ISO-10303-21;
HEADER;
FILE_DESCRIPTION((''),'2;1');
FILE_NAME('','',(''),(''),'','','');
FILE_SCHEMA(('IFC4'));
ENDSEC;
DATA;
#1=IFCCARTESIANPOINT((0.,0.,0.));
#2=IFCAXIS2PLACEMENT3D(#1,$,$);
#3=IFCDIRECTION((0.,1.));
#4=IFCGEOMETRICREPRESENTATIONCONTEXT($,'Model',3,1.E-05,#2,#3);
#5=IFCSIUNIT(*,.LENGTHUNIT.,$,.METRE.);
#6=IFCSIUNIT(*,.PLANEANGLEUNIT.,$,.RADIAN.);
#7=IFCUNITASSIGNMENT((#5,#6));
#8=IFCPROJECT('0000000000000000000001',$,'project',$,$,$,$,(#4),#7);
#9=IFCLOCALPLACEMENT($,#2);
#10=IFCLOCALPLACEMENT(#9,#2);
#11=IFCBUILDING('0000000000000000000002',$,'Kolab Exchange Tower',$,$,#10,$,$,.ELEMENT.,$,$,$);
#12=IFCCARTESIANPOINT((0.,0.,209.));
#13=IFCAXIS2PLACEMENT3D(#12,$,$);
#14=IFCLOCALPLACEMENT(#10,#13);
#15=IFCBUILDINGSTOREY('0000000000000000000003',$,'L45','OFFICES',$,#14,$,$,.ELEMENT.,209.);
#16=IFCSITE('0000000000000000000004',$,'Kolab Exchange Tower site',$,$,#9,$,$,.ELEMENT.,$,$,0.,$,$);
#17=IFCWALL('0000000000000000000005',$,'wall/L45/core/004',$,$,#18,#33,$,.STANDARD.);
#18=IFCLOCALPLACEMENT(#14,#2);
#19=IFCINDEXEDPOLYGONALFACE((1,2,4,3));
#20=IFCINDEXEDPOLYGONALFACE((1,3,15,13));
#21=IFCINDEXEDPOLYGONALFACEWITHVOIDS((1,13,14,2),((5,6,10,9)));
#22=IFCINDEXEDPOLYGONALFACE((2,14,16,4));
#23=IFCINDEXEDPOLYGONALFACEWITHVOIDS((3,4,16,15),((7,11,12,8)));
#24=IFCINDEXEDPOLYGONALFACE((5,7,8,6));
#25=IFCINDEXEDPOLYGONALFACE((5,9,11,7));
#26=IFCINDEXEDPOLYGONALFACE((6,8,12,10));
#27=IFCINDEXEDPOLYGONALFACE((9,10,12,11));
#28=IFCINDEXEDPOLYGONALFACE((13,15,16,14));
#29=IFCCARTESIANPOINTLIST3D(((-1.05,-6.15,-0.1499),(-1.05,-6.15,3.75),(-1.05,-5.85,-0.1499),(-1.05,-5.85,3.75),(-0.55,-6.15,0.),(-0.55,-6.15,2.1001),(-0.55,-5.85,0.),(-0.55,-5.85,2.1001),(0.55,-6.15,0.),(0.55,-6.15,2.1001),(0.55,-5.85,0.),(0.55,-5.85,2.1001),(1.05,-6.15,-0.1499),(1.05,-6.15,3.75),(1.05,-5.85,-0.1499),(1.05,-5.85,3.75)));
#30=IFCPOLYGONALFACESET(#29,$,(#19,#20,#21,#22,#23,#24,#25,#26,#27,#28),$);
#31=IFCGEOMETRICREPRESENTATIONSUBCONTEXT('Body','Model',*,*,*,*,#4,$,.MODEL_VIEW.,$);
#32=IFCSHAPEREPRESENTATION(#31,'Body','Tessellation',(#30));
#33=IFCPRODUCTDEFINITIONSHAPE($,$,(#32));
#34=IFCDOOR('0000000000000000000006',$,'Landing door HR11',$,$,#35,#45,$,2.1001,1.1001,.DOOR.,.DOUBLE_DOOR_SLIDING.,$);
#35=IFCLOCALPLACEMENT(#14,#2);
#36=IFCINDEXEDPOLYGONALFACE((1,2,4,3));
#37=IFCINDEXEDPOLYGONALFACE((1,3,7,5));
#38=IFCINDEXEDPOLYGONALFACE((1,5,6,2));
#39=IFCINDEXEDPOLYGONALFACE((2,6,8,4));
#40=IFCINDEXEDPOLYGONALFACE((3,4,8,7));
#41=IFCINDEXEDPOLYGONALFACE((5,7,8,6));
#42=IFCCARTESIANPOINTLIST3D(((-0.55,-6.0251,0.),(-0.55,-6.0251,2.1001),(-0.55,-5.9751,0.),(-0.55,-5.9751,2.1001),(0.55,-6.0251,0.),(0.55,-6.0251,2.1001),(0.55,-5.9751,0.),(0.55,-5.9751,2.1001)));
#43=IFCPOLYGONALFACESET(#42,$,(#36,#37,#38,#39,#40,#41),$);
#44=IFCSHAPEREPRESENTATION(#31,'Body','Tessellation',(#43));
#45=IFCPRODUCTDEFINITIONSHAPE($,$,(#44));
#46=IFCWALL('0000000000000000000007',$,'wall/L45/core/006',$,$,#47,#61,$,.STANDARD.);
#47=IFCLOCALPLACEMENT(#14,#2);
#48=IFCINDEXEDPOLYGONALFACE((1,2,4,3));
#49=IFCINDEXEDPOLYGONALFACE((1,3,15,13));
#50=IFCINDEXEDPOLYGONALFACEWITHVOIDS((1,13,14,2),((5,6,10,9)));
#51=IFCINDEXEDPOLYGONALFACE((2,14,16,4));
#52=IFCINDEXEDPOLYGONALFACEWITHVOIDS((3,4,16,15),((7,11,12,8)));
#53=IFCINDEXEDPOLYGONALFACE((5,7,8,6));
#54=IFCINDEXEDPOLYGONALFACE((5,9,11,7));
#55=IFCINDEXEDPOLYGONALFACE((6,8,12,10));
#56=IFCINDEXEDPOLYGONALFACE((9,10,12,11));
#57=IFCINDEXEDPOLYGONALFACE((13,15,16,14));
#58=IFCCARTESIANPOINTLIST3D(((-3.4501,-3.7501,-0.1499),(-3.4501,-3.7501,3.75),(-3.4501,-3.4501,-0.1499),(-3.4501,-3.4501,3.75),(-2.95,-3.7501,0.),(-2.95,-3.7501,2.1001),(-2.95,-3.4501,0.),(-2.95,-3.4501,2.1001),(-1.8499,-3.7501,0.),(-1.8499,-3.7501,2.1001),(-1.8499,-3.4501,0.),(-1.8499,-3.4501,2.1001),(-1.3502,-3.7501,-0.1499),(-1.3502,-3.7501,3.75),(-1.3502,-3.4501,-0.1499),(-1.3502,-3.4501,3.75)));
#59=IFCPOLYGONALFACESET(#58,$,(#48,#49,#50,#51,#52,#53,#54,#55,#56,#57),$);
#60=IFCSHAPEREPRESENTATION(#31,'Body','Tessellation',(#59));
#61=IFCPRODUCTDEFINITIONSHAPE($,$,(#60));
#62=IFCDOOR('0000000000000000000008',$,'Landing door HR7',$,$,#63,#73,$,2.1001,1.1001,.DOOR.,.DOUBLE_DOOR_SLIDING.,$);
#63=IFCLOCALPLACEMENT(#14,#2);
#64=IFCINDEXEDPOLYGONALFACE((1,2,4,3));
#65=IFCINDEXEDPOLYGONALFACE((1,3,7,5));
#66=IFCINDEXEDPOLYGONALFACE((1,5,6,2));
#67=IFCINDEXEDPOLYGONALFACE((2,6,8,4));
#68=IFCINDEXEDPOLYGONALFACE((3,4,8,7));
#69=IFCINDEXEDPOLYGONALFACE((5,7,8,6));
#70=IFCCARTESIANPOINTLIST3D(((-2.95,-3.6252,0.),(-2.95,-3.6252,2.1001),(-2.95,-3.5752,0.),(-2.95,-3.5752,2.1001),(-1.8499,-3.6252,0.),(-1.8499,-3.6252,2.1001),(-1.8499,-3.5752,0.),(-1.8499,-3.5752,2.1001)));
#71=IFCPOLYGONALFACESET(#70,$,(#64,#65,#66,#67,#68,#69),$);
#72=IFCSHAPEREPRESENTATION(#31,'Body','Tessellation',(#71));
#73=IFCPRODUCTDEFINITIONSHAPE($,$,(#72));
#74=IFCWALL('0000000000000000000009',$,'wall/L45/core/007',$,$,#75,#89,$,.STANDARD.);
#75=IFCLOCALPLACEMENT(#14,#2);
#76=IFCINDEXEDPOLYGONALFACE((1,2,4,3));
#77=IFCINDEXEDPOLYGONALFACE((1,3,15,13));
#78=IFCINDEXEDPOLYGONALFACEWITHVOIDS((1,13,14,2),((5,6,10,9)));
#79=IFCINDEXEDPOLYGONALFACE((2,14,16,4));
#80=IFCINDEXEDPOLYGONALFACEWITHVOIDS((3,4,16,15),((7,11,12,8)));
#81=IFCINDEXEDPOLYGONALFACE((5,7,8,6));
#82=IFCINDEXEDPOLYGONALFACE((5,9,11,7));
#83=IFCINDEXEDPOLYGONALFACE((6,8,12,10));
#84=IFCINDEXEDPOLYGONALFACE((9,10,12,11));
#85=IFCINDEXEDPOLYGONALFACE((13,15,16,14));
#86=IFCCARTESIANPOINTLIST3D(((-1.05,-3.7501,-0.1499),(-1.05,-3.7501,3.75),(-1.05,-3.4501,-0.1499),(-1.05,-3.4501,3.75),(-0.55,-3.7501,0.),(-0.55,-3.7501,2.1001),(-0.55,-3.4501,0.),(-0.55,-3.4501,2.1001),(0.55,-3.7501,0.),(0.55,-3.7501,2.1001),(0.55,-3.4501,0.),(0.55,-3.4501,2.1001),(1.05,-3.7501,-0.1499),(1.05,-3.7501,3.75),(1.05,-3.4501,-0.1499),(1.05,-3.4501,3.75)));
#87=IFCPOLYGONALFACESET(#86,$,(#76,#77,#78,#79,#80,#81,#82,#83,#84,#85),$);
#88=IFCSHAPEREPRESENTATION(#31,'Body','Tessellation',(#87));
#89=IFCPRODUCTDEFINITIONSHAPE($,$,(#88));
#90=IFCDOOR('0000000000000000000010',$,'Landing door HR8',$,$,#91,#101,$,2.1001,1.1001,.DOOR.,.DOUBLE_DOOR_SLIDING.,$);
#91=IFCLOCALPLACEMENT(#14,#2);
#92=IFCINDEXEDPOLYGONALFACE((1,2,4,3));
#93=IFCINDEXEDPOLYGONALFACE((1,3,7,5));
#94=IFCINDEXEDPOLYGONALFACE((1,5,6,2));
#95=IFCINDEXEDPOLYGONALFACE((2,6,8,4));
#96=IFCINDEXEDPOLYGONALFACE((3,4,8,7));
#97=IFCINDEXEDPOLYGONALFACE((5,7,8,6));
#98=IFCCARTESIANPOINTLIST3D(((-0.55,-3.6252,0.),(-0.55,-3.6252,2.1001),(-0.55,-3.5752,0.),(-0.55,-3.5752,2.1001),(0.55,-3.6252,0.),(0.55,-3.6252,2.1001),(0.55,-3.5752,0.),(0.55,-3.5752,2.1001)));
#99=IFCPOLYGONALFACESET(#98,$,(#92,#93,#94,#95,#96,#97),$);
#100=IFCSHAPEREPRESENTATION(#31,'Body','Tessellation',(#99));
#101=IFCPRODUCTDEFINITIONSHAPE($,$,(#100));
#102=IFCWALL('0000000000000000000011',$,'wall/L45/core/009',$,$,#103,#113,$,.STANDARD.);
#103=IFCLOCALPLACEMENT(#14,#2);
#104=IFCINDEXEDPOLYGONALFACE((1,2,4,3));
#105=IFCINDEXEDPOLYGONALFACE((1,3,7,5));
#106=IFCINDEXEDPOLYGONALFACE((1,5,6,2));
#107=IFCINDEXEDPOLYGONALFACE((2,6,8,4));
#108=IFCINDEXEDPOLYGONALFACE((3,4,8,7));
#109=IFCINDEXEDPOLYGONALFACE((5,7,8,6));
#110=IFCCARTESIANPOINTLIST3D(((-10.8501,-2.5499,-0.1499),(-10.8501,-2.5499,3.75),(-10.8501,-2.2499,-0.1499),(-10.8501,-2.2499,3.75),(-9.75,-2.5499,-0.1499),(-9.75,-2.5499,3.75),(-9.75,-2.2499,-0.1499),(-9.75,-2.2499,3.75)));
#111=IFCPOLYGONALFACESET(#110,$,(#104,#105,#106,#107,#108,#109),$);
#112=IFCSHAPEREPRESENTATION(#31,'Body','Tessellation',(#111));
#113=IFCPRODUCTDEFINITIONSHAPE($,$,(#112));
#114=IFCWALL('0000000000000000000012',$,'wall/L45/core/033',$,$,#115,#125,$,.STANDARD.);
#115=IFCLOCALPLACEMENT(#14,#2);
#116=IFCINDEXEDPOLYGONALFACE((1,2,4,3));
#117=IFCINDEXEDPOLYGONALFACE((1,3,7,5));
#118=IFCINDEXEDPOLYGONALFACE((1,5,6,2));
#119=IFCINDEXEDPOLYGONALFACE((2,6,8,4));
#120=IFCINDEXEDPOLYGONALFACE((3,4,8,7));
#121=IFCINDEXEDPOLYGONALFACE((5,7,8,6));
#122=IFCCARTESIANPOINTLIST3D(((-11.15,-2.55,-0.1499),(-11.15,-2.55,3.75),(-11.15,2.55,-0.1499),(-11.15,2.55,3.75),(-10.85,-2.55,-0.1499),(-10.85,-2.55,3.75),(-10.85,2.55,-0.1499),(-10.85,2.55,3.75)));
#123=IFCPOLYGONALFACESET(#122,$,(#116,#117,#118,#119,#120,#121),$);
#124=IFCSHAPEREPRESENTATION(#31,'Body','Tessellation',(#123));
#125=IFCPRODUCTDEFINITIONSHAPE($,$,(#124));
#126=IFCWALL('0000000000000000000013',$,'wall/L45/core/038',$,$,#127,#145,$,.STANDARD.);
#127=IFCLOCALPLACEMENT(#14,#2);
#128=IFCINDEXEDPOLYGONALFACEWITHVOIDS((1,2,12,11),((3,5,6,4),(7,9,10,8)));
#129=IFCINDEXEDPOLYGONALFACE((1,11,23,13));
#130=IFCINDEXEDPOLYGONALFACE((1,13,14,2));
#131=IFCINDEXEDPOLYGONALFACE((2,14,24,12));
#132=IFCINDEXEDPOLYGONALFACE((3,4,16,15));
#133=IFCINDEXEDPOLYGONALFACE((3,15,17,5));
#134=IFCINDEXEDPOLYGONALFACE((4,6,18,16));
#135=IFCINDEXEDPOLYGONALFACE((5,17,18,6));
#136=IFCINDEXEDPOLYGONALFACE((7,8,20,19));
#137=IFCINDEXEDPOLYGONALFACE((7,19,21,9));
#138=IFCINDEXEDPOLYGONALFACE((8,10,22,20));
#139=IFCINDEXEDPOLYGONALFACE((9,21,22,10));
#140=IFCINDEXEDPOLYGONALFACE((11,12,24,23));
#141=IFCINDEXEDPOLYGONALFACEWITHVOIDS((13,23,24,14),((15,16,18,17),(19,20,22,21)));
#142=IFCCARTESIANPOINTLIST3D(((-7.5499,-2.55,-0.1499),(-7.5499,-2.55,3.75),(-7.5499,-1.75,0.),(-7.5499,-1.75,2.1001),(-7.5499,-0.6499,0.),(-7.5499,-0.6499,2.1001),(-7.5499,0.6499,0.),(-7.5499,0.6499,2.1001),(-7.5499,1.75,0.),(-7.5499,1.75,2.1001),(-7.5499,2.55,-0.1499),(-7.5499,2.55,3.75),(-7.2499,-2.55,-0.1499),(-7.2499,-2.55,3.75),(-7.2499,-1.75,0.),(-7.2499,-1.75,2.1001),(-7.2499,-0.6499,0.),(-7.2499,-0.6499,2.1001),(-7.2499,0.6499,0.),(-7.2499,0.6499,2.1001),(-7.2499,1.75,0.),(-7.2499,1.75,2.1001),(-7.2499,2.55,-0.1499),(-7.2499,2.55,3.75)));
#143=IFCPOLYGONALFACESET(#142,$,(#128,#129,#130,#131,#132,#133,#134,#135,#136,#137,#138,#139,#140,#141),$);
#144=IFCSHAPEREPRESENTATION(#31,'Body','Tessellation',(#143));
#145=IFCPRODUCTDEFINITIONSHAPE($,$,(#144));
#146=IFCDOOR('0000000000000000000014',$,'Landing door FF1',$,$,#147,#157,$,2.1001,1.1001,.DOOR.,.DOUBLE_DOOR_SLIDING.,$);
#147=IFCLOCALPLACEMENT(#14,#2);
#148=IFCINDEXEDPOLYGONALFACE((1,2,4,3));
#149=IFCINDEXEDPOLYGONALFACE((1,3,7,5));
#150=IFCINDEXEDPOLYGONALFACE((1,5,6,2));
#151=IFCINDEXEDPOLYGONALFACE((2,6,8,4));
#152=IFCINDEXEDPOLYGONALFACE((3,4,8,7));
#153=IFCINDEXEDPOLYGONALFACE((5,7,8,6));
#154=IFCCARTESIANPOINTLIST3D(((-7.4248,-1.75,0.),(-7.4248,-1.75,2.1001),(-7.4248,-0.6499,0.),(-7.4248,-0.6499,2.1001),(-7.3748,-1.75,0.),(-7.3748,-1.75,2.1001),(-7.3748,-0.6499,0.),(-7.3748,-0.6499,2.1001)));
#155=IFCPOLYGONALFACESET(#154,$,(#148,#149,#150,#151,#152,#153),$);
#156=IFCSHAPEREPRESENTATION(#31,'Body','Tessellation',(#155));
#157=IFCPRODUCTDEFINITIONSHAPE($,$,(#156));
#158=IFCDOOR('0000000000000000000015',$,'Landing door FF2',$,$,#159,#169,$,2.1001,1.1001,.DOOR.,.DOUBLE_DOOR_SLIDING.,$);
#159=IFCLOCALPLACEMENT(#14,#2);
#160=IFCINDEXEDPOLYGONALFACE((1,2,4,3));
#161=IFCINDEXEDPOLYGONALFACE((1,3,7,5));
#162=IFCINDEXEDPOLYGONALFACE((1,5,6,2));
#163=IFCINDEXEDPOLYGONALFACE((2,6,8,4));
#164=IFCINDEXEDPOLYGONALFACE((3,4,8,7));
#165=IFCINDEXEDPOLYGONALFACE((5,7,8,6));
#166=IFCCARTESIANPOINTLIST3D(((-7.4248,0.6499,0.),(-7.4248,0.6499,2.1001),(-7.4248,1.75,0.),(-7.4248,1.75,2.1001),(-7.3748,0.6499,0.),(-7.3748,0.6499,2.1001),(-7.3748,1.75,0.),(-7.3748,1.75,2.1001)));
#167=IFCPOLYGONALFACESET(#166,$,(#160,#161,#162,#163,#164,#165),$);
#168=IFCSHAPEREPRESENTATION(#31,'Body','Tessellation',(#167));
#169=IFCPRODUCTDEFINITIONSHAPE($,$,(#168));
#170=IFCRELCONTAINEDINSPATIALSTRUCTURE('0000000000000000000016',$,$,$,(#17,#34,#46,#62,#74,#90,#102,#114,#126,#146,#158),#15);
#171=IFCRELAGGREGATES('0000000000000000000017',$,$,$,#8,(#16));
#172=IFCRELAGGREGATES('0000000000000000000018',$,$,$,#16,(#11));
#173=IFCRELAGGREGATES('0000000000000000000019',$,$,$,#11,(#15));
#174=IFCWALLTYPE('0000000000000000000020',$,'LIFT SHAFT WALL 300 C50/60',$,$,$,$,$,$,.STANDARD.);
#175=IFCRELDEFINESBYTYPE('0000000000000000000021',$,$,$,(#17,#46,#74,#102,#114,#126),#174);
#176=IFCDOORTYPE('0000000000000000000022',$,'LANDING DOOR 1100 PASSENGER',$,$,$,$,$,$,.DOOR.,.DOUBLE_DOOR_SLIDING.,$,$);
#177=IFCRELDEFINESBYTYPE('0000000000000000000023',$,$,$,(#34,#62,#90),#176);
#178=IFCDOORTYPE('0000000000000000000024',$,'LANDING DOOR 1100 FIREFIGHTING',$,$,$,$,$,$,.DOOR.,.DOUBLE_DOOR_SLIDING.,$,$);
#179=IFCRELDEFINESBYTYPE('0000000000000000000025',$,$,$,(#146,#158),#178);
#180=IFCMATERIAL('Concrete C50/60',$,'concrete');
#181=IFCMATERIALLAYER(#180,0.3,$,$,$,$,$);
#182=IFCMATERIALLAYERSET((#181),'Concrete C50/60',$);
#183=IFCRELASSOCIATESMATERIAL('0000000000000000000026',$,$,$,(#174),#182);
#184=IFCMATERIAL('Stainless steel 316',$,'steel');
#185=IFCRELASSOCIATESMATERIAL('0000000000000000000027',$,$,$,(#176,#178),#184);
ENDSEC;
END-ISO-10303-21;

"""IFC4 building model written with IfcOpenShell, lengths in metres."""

from ifc_helpers import new_model, si_unit, direction, frame, frame_2d, origin, place, context, subcontext, project, spatial, rectangle, extrude, material, layer, layer_set, type_object, element, fill, save


model = new_model("IFC4")

# Units and contexts
model_context = context("Model", 3, precision=1e-05, world=origin(), true_north=direction((0.0, 1.0)))
body_context = subcontext(model_context, "Body", "Model", "MODEL_VIEW")
ifc_project = project(units=[si_unit("LENGTHUNIT", "METRE"), si_unit("PLANEANGLEUNIT", "RADIAN")], contexts=[model_context])

# Site, building, storey
site_placement = place(None, origin())
site = spatial("IfcSite", under=ifc_project, at=site_placement, Name="Kolab Exchange Tower site", CompositionType="ELEMENT", RefElevation=0.0)
building_placement = place(site_placement, origin())
building = spatial("IfcBuilding", under=site, at=building_placement, Name="Kolab Exchange Tower", CompositionType="ELEMENT")
storey_placement = place(building_placement, frame((0.0, 0.0, 209.0)))
storey = spatial("IfcBuildingStorey", under=building, at=storey_placement, Name="L45", Description="OFFICES", CompositionType="ELEMENT", Elevation=209.0)

# Walls, openings, doors
ifc_material_1 = material(Name="Concrete C50/60", Category="concrete")
ifc_layer_1 = layer(ifc_material_1, 0.3)
ifc_layer_set_1 = layer_set([ifc_layer_1], Name="Concrete C50/60")
wall_type_1 = type_object("IfcWallType", Name="LIFT SHAFT WALL 300 C50/60", PredefinedType="STANDARD", material=ifc_layer_set_1)
wall_1_placement = place(storey_placement, frame((-1.05, -6.0, -0.1499), z_axis=(0.0, 0.0, 1.0), x_axis=(1.0, 0.0, 0.0)))
wall_1 = element("IfcWall", 1, at=wall_1_placement, inside=storey, type_object=wall_type_1, Name="wall/L45/core/004", PredefinedType="STANDARD", context=body_context, shape_type="SweptSolid", body=[
    extrude(rectangle(XDim=2.1001, YDim=0.3, at=frame_2d((1.05, 0.0))), origin(), (0.0, 0.0, 1.0), 3.8999),
])
opening_1_placement = place(wall_1_placement, frame((0.5, 0.0, 0.1499)))
opening_1 = element("IfcOpeningElement", 2, at=opening_1_placement, cuts=wall_1, PredefinedType="OPENING", context=body_context, shape_type="SweptSolid", body=[
    extrude(rectangle(XDim=1.1001, YDim=2.1001, at=frame_2d((0.55, 1.05))), frame((0.0, 0.1602, 0.0), z_axis=(0.0, -1.0, 0.0), x_axis=(1.0, 0.0, 0.0)), (0.0, 0.0, 1.0), 0.3201),
])
ifc_material_2 = material(Name="Stainless steel 316", Category="steel")
door_type_1 = type_object("IfcDoorType", Name="LANDING DOOR 1100 PASSENGER", OperationType="DOUBLE_DOOR_SLIDING", PredefinedType="DOOR", material=ifc_material_2)
door_1_placement = place(opening_1_placement, origin())
door_1 = element("IfcDoor", 3, at=door_1_placement, inside=storey, type_object=door_type_1, Name="Landing door HR11", OperationType="DOUBLE_DOOR_SLIDING", OverallHeight=2.1001, OverallWidth=1.1001, PredefinedType="DOOR", context=body_context, shape_type="SweptSolid", body=[
    extrude(rectangle(XDim=1.1001, YDim=2.1001, at=frame_2d((0.55, 1.05))), frame((0.0, 0.0249, 0.0), z_axis=(0.0, -1.0, 0.0), x_axis=(1.0, 0.0, 0.0)), (0.0, 0.0, 1.0), 0.05),
])
fill(opening_1, door_1)
wall_2_placement = place(storey_placement, frame((-3.45, -3.6001, -0.1499), z_axis=(0.0, 0.0, 1.0), x_axis=(1.0, 0.0, 0.0)))
wall_2 = element("IfcWall", 4, at=wall_2_placement, inside=storey, type_object=wall_type_1, Name="wall/L45/core/006", PredefinedType="STANDARD", context=body_context, shape_type="SweptSolid", body=[
    extrude(rectangle(XDim=2.0999, YDim=0.3, at=frame_2d((1.0498, 0.0))), origin(), (0.0, 0.0, 1.0), 3.8999),
])
opening_2_placement = place(wall_2_placement, frame((0.5, 0.0, 0.1499)))
opening_2 = element("IfcOpeningElement", 5, at=opening_2_placement, cuts=wall_2, PredefinedType="OPENING", context=body_context, shape_type="SweptSolid", body=[
    extrude(rectangle(XDim=1.1001, YDim=2.1001, at=frame_2d((0.55, 1.05))), frame((0.0, 0.1602, 0.0), z_axis=(0.0, -1.0, 0.0), x_axis=(1.0, 0.0, 0.0)), (0.0, 0.0, 1.0), 0.3201),
])
door_2_placement = place(opening_2_placement, origin())
door_2 = element("IfcDoor", 6, at=door_2_placement, inside=storey, type_object=door_type_1, Name="Landing door HR7", OperationType="DOUBLE_DOOR_SLIDING", OverallHeight=2.1001, OverallWidth=1.1001, PredefinedType="DOOR", context=body_context, shape_type="SweptSolid", body=[
    extrude(rectangle(XDim=1.1001, YDim=2.1001, at=frame_2d((0.55, 1.05))), frame((0.0, 0.0249, 0.0), z_axis=(0.0, -1.0, 0.0), x_axis=(1.0, 0.0, 0.0)), (0.0, 0.0, 1.0), 0.05),
])
fill(opening_2, door_2)
wall_3_placement = place(storey_placement, frame((-1.05, -3.6001, -0.1499), z_axis=(0.0, 0.0, 1.0), x_axis=(1.0, 0.0, 0.0)))
wall_3 = element("IfcWall", 7, at=wall_3_placement, inside=storey, type_object=wall_type_1, Name="wall/L45/core/007", PredefinedType="STANDARD", context=body_context, shape_type="SweptSolid", body=[
    extrude(rectangle(XDim=2.1001, YDim=0.3, at=frame_2d((1.05, 0.0))), origin(), (0.0, 0.0, 1.0), 3.8999),
])
opening_3_placement = place(wall_3_placement, frame((0.5, 0.0, 0.1499)))
opening_3 = element("IfcOpeningElement", 8, at=opening_3_placement, cuts=wall_3, PredefinedType="OPENING", context=body_context, shape_type="SweptSolid", body=[
    extrude(rectangle(XDim=1.1001, YDim=2.1001, at=frame_2d((0.55, 1.05))), frame((0.0, 0.1602, 0.0), z_axis=(0.0, -1.0, 0.0), x_axis=(1.0, 0.0, 0.0)), (0.0, 0.0, 1.0), 0.3201),
])
door_3_placement = place(opening_3_placement, origin())
door_3 = element("IfcDoor", 9, at=door_3_placement, inside=storey, type_object=door_type_1, Name="Landing door HR8", OperationType="DOUBLE_DOOR_SLIDING", OverallHeight=2.1001, OverallWidth=1.1001, PredefinedType="DOOR", context=body_context, shape_type="SweptSolid", body=[
    extrude(rectangle(XDim=1.1001, YDim=2.1001, at=frame_2d((0.55, 1.05))), frame((0.0, 0.0249, 0.0), z_axis=(0.0, -1.0, 0.0), x_axis=(1.0, 0.0, 0.0)), (0.0, 0.0, 1.0), 0.05),
])
fill(opening_3, door_3)

# Walls
wall_4_placement = place(storey_placement, frame((-10.8501, -2.3999, -0.1499), z_axis=(0.0, 0.0, 1.0), x_axis=(1.0, 0.0, 0.0)))
element("IfcWall", 10, at=wall_4_placement, inside=storey, type_object=wall_type_1, Name="wall/L45/core/009", PredefinedType="STANDARD", context=body_context, shape_type="SweptSolid", body=[
    extrude(rectangle(XDim=1.1001, YDim=0.3, at=frame_2d((0.55, 0.0))), origin(), (0.0, 0.0, 1.0), 3.8999),
])
wall_5_placement = place(storey_placement, frame((-11.0, -2.55, -0.1499), z_axis=(0.0, 0.0, 1.0), x_axis=(0.0, 1.0, 0.0)))
element("IfcWall", 11, at=wall_5_placement, inside=storey, type_object=wall_type_1, Name="wall/L45/core/033", PredefinedType="STANDARD", context=body_context, shape_type="SweptSolid", body=[
    extrude(rectangle(XDim=5.1001, YDim=0.3, at=frame_2d((2.55, 0.0))), origin(), (0.0, 0.0, 1.0), 3.8999),
])

# Wall, openings, doors
wall_6_placement = place(storey_placement, frame((-7.3999, -2.55, -0.1499), z_axis=(0.0, 0.0, 1.0), x_axis=(0.0, 1.0, 0.0)))
wall_6 = element("IfcWall", 12, at=wall_6_placement, inside=storey, type_object=wall_type_1, Name="wall/L45/core/038", PredefinedType="STANDARD", context=body_context, shape_type="SweptSolid", body=[
    extrude(rectangle(XDim=5.1001, YDim=0.3, at=frame_2d((2.55, 0.0))), origin(), (0.0, 0.0, 1.0), 3.8999),
])
opening_4_placement = place(wall_6_placement, frame((0.8, 0.0, 0.1499)))
opening_4 = element("IfcOpeningElement", 13, at=opening_4_placement, cuts=wall_6, PredefinedType="OPENING", context=body_context, shape_type="SweptSolid", body=[
    extrude(rectangle(XDim=1.1001, YDim=2.1001, at=frame_2d((0.55, 1.05))), frame((0.0, 0.1602, 0.0), z_axis=(0.0, -1.0, 0.0), x_axis=(1.0, 0.0, 0.0)), (0.0, 0.0, 1.0), 0.3201),
])
opening_5_placement = place(wall_6_placement, frame((3.2, 0.0, 0.1499)))
opening_5 = element("IfcOpeningElement", 14, at=opening_5_placement, cuts=wall_6, PredefinedType="OPENING", context=body_context, shape_type="SweptSolid", body=[
    extrude(rectangle(XDim=1.1001, YDim=2.1001, at=frame_2d((0.55, 1.05))), frame((0.0, 0.1602, 0.0), z_axis=(0.0, -1.0, 0.0), x_axis=(1.0, 0.0, 0.0)), (0.0, 0.0, 1.0), 0.3201),
])
door_type_2 = type_object("IfcDoorType", Name="LANDING DOOR 1100 FIREFIGHTING", OperationType="DOUBLE_DOOR_SLIDING", PredefinedType="DOOR", material=ifc_material_2)
door_4_placement = place(opening_4_placement, origin())
door_4 = element("IfcDoor", 15, at=door_4_placement, inside=storey, type_object=door_type_2, Name="Landing door FF1", OperationType="DOUBLE_DOOR_SLIDING", OverallHeight=2.1001, OverallWidth=1.1001, PredefinedType="DOOR", context=body_context, shape_type="SweptSolid", body=[
    extrude(rectangle(XDim=1.1001, YDim=2.1001, at=frame_2d((0.55, 1.05))), frame((0.0, 0.0249, 0.0), z_axis=(0.0, -1.0, 0.0), x_axis=(1.0, 0.0, 0.0)), (0.0, 0.0, 1.0), 0.05),
])
fill(opening_4, door_4)
door_5_placement = place(opening_5_placement, origin())
door_5 = element("IfcDoor", 16, at=door_5_placement, inside=storey, type_object=door_type_2, Name="Landing door FF2", OperationType="DOUBLE_DOOR_SLIDING", OverallHeight=2.1001, OverallWidth=1.1001, PredefinedType="DOOR", context=body_context, shape_type="SweptSolid", body=[
    extrude(rectangle(XDim=1.1001, YDim=2.1001, at=frame_2d((0.55, 1.05))), frame((0.0, 0.0249, 0.0), z_axis=(0.0, -1.0, 0.0), x_axis=(1.0, 0.0, 0.0)), (0.0, 0.0, 1.0), 0.05),
])
fill(opening_5, door_5)

save(model, "model.ifc")
